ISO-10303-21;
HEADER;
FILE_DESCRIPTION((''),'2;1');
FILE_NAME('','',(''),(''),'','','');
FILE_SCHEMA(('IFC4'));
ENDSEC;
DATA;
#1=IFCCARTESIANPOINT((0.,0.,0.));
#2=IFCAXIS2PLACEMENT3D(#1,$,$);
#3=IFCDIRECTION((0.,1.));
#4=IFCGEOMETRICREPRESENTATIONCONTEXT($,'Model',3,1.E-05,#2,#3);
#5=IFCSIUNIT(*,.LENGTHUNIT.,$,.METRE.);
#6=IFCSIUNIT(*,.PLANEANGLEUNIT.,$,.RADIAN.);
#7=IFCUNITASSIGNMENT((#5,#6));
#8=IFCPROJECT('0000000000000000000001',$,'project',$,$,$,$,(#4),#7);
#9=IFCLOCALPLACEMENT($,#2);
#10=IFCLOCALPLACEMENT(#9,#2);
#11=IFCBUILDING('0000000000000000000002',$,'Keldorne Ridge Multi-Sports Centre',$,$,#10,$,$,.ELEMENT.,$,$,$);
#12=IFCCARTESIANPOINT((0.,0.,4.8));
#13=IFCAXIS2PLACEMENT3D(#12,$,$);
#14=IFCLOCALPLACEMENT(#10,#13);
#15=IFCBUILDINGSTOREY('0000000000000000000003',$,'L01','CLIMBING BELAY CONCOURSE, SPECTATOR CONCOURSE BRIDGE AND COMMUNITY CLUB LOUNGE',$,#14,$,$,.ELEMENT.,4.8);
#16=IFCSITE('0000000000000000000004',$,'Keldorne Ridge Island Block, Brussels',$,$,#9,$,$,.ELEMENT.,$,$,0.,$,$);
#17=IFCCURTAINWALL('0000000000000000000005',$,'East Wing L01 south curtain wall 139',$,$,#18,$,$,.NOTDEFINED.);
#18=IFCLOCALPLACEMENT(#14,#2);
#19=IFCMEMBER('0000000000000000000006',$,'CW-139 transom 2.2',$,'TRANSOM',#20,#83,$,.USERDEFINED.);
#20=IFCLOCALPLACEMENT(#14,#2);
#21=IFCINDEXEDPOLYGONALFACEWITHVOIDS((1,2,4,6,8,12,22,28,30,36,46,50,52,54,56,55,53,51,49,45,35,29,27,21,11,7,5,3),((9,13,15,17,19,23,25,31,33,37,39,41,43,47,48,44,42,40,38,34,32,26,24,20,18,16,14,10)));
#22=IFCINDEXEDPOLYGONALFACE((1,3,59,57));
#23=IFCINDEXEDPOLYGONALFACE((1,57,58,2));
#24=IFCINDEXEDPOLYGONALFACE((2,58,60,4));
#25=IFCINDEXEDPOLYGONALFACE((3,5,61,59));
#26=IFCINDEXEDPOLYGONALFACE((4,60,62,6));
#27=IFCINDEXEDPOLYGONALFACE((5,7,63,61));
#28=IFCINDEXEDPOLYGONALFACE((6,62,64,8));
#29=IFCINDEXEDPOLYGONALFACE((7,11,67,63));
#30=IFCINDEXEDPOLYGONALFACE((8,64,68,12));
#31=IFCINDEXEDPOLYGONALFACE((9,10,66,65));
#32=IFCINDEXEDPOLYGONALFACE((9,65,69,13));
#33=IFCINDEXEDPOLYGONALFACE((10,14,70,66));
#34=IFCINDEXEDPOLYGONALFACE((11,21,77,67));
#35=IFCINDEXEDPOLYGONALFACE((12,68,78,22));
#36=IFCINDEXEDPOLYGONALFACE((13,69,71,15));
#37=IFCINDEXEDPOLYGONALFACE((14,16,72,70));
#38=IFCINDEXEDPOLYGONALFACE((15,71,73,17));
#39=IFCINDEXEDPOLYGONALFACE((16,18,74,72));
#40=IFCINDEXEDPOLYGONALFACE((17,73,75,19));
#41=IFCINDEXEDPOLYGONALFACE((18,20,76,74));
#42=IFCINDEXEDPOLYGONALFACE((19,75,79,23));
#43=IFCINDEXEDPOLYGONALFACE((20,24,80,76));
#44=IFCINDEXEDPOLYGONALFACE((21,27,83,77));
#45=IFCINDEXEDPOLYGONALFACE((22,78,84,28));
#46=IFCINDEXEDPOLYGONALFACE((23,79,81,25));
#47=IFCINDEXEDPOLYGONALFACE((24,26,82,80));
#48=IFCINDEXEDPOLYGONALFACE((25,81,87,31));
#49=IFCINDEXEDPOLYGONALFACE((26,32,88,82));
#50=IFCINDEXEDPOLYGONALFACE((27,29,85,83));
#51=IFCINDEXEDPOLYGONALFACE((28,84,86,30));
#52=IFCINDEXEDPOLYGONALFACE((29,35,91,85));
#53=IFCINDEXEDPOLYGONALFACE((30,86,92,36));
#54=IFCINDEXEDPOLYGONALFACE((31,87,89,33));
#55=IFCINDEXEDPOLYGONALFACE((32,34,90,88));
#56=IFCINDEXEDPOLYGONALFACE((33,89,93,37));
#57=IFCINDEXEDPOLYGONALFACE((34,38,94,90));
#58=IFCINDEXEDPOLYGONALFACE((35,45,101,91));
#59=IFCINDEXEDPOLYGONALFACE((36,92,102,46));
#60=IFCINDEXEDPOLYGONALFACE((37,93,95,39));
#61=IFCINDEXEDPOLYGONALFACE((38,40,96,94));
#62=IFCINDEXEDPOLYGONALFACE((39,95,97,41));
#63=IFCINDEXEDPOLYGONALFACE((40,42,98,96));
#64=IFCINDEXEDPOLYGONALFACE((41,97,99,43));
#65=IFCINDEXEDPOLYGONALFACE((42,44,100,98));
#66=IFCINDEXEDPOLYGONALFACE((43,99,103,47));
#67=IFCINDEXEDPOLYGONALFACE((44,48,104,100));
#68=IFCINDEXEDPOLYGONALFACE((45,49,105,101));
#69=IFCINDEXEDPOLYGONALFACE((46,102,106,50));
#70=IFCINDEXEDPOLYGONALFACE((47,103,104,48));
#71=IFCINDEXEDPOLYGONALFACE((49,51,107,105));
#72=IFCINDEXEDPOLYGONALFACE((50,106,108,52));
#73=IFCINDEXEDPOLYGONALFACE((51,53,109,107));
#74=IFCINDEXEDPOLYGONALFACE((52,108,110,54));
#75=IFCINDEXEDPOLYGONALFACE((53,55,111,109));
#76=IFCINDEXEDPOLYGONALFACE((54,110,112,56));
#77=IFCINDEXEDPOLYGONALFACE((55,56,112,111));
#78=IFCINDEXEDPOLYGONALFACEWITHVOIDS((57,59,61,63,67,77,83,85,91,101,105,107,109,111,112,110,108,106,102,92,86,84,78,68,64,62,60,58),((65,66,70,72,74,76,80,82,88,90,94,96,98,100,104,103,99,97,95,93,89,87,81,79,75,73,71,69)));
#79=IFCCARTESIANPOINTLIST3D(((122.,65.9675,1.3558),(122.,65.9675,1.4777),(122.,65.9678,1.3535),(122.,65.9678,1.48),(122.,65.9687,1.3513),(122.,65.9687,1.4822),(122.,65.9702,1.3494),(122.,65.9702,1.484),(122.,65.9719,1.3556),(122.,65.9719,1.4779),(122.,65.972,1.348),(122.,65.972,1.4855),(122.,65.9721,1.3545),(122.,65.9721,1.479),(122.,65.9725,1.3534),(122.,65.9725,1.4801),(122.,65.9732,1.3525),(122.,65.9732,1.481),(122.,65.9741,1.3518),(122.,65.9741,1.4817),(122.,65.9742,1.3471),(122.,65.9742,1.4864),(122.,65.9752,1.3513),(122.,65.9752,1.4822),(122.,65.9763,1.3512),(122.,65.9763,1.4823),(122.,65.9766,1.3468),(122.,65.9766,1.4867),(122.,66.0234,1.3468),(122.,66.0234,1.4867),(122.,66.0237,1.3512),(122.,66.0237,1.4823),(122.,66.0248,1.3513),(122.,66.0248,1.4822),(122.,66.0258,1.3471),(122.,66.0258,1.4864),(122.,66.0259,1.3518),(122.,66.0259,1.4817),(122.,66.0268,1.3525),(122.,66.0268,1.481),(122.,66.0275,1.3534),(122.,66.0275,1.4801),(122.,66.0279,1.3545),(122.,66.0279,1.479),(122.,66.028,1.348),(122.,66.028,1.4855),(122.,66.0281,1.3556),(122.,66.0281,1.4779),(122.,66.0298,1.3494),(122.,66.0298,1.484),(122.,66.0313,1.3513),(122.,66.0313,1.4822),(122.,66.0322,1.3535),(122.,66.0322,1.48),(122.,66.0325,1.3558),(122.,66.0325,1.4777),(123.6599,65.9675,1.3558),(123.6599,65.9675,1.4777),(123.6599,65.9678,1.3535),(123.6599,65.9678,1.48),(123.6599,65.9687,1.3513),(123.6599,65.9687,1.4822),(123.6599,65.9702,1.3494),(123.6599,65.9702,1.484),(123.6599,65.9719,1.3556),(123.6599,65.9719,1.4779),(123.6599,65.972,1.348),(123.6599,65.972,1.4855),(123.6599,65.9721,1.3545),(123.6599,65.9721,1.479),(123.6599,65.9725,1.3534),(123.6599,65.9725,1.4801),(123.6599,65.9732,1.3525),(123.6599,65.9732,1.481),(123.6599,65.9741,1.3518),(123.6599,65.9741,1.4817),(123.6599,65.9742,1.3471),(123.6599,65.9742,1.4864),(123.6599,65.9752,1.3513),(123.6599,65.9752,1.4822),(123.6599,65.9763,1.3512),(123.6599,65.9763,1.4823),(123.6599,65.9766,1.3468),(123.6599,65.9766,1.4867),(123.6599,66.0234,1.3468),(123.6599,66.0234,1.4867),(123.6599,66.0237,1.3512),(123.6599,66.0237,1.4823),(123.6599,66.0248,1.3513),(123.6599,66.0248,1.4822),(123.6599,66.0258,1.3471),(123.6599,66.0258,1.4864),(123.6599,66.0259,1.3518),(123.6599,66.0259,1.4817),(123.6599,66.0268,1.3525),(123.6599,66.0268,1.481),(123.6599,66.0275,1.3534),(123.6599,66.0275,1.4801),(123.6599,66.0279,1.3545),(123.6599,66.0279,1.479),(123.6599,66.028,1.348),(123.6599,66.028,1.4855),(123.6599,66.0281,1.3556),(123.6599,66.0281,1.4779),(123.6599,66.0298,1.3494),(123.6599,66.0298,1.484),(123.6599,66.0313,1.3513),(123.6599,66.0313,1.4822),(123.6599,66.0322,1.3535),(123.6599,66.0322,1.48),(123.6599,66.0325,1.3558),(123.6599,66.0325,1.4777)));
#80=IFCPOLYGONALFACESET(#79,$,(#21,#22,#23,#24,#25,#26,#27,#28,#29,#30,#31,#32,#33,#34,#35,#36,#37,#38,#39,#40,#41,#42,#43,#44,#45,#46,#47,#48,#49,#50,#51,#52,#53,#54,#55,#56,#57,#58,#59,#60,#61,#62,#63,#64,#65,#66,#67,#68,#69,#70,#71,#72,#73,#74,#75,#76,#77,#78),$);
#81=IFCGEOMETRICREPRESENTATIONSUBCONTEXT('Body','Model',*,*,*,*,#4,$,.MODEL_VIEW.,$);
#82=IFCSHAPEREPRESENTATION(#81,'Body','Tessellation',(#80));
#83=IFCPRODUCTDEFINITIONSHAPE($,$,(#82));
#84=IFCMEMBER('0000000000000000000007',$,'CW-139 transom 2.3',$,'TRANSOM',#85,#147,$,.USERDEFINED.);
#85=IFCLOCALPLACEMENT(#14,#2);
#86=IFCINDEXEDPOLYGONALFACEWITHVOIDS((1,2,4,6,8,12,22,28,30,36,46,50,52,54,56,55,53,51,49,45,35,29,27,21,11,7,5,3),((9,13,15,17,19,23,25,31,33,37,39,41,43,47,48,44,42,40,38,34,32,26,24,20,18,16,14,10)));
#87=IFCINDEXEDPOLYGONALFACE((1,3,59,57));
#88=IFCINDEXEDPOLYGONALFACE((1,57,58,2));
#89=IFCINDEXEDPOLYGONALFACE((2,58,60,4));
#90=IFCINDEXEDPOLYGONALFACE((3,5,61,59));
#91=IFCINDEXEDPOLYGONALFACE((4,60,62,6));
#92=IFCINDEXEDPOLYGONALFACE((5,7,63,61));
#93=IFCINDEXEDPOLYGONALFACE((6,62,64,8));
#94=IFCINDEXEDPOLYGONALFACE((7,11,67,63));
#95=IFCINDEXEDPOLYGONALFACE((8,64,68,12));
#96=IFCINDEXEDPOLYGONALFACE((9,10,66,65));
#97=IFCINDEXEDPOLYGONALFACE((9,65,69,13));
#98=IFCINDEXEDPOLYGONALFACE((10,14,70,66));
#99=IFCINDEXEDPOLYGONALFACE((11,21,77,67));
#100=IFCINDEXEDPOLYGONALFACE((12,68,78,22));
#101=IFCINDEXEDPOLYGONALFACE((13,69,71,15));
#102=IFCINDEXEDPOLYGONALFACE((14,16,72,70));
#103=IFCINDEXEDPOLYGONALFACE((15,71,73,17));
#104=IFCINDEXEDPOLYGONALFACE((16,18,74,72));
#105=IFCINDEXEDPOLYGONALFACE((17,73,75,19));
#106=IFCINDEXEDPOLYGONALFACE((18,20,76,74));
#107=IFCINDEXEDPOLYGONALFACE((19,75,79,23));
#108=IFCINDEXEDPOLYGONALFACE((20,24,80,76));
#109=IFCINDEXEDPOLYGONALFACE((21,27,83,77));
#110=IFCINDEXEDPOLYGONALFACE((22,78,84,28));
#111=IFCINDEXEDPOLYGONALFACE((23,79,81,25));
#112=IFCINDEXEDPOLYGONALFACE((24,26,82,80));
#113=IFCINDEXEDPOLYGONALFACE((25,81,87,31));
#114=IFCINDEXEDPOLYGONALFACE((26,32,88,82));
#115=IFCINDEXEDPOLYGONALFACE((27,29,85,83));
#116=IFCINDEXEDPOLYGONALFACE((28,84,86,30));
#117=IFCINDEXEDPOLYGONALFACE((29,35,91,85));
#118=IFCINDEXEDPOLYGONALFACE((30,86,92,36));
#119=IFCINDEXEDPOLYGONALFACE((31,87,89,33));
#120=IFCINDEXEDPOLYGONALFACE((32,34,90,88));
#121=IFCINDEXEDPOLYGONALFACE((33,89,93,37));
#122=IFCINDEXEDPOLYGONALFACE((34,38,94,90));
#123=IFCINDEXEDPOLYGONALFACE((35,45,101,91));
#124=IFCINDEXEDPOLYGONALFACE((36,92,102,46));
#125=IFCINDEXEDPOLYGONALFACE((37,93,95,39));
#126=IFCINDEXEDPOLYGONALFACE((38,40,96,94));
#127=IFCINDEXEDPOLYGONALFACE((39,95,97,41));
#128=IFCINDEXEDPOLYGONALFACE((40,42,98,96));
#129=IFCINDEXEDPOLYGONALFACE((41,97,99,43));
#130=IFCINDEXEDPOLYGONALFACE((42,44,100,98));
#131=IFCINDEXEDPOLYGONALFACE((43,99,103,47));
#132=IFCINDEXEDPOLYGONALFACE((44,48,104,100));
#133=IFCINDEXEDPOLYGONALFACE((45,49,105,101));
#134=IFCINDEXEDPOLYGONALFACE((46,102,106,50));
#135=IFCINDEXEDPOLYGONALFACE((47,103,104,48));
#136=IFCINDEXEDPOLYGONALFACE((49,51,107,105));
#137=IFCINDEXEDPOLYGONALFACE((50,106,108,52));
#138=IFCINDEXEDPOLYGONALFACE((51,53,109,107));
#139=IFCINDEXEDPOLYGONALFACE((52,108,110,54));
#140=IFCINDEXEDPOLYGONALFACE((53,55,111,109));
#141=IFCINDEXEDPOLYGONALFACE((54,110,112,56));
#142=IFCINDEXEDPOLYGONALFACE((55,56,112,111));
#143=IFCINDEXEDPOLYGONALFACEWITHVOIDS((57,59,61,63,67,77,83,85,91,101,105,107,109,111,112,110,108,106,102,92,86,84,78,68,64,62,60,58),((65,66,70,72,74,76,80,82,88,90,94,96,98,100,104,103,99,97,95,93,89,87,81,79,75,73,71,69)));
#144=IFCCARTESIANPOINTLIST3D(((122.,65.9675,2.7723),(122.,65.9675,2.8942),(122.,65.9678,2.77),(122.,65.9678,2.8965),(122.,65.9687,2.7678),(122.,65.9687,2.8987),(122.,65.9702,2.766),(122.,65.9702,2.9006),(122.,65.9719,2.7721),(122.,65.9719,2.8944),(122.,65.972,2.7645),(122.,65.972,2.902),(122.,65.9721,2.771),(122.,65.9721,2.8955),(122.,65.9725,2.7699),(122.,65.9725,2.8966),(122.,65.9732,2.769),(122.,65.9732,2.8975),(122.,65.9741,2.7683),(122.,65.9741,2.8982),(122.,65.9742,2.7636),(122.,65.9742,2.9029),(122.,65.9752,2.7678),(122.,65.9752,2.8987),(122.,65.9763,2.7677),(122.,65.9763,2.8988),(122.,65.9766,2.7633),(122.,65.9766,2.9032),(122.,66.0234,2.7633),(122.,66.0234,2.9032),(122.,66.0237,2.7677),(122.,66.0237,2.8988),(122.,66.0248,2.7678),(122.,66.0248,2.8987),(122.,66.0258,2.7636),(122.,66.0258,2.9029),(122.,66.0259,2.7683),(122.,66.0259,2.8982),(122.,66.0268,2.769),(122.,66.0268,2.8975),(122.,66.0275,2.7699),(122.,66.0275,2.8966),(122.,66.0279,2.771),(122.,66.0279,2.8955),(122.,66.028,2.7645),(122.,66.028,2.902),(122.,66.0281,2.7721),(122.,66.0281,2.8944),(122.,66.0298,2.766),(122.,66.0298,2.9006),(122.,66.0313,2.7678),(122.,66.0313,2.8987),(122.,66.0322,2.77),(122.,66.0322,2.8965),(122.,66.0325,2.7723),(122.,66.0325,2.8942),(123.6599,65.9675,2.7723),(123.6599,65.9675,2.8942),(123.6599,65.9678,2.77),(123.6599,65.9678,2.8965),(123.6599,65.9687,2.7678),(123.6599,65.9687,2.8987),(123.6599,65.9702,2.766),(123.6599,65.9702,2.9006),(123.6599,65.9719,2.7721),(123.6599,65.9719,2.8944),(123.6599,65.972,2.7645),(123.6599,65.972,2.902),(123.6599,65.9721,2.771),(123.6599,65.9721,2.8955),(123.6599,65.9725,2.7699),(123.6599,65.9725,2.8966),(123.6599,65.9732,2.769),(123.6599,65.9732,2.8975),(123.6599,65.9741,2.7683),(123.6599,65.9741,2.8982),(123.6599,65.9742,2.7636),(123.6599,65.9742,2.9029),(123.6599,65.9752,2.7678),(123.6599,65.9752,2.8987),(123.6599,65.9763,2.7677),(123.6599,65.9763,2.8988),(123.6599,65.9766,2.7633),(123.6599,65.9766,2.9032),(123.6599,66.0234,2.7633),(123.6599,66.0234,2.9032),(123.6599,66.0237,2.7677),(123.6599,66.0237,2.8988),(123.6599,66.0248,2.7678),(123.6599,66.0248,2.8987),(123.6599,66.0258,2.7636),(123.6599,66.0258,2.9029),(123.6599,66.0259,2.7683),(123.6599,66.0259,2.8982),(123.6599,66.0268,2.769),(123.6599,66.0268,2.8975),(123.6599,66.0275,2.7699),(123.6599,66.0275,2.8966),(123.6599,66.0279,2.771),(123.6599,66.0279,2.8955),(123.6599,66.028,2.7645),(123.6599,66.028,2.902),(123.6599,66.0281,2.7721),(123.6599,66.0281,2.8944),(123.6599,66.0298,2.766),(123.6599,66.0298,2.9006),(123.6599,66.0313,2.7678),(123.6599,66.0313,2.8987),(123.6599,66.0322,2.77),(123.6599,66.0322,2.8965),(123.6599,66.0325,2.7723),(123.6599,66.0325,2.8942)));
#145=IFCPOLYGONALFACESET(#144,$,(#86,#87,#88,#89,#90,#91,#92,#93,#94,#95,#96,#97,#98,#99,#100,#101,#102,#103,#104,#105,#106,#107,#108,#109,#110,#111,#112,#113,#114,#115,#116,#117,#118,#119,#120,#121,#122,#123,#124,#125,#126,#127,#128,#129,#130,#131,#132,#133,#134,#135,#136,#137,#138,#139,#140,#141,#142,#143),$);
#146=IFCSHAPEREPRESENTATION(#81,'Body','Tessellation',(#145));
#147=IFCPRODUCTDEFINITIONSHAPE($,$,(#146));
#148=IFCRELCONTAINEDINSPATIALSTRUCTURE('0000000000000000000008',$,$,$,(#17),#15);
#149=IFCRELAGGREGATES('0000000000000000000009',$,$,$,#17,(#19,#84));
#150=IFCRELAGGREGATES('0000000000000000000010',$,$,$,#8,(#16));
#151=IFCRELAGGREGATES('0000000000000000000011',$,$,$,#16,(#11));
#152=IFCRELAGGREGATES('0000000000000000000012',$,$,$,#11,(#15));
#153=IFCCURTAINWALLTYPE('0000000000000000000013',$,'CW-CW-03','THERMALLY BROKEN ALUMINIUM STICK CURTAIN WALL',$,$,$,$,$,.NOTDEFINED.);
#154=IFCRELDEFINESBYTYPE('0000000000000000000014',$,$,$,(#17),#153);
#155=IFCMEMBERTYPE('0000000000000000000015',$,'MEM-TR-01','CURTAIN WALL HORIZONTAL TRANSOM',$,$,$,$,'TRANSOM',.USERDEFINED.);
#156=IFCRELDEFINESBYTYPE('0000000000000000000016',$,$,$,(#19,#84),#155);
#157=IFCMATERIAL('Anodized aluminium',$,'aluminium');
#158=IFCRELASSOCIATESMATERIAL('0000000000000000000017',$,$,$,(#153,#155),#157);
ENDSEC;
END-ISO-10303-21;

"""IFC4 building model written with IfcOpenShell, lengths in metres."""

from ifc_helpers import new_model, si_unit, direction, frame, origin, origin_2d, place, context, subcontext, project, spatial, hollow_rectangle, extrude, material, material_profile, profile_set, type_object, element, aggregate, save


model = new_model("IFC4")

# Units and contexts
model_context = context("Model", 3, precision=1e-05, world=origin(), true_north=direction((0.0, 1.0)))
body_context = subcontext(model_context, "Body", "Model", "MODEL_VIEW")
ifc_project = project(units=[si_unit("LENGTHUNIT", "METRE"), si_unit("PLANEANGLEUNIT", "RADIAN")], contexts=[model_context])

# Site, building, storey
site_placement = place(None, origin())
site = spatial("IfcSite", under=ifc_project, at=site_placement, Name="Keldorne Ridge Island Block, Brussels", CompositionType="ELEMENT", RefElevation=0.0)
building_placement = place(site_placement, origin())
building = spatial("IfcBuilding", under=site, at=building_placement, Name="Keldorne Ridge Multi-Sports Centre", CompositionType="ELEMENT")
storey_placement = place(building_placement, frame((0.0, 0.0, 4.8)))
storey = spatial("IfcBuildingStorey", under=building, at=storey_placement, Name="L01", Description="CLIMBING BELAY CONCOURSE, SPECTATOR CONCOURSE BRIDGE AND COMMUNITY CLUB LOUNGE", CompositionType="ELEMENT", Elevation=4.8)

# Shared definitions
ifc_material_1 = material(Name="Anodized aluminium", Category="aluminium")

# Curtain wall
curtain_wall_type_1 = type_object("IfcCurtainWallType", Name="CW-CW-03", Description="THERMALLY BROKEN ALUMINIUM STICK CURTAIN WALL", PredefinedType="NOTDEFINED", material=ifc_material_1)
curtain_wall_1_placement = place(storey_placement, origin())
curtain_wall_1 = element("IfcCurtainWall", 1, at=curtain_wall_1_placement, inside=storey, type_object=curtain_wall_type_1, Name="East Wing L01 south curtain wall 139", PredefinedType="NOTDEFINED")

# Members
ifc_material_profile_1 = material_profile(ifc_material_1, hollow_rectangle(XDim=0.0649, YDim=0.1399, WallThickness=0.0044, InnerFilletRadius=0.0044, OuterFilletRadius=0.009, at=origin_2d()), Name="ALU TRANSOM 140x65x4.5")
ifc_profile_set_1 = profile_set([ifc_material_profile_1], Name="Anodized aluminium")
member_type_1 = type_object("IfcMemberType", Name="MEM-TR-01", Description="CURTAIN WALL HORIZONTAL TRANSOM", ElementType="TRANSOM", PredefinedType="USERDEFINED", material=ifc_profile_set_1)
member_1_placement = place(storey_placement, frame((122.0, 66.0, 1.4167), z_axis=(1.0, 0.0, 0.0), x_axis=(0.0, 1.0, 0.0)))
member_1 = element("IfcMember", 2, at=member_1_placement, type_object=member_type_1, Name="CW-139 transom 2.2", ObjectType="TRANSOM", PredefinedType="USERDEFINED", context=body_context, shape_type="SweptSolid", body=[
    extrude(hollow_rectangle(XDim=0.0649, YDim=0.1399, WallThickness=0.0044, InnerFilletRadius=0.0044, OuterFilletRadius=0.009, at=origin_2d()), origin(), (0.0, 0.0, 1.0), 1.6599),
])
member_2_placement = place(storey_placement, frame((122.0, 66.0, 2.8333), z_axis=(1.0, 0.0, 0.0), x_axis=(0.0, 1.0, 0.0)))
member_2 = element("IfcMember", 3, at=member_2_placement, type_object=member_type_1, Name="CW-139 transom 2.3", ObjectType="TRANSOM", PredefinedType="USERDEFINED", context=body_context, shape_type="SweptSolid", body=[
    extrude(hollow_rectangle(XDim=0.0649, YDim=0.1399, WallThickness=0.0044, InnerFilletRadius=0.0044, OuterFilletRadius=0.009, at=origin_2d()), origin(), (0.0, 0.0, 1.0), 1.6599),
])

aggregate(curtain_wall_1, [member_1, member_2])

save(model, "model.ifc")
